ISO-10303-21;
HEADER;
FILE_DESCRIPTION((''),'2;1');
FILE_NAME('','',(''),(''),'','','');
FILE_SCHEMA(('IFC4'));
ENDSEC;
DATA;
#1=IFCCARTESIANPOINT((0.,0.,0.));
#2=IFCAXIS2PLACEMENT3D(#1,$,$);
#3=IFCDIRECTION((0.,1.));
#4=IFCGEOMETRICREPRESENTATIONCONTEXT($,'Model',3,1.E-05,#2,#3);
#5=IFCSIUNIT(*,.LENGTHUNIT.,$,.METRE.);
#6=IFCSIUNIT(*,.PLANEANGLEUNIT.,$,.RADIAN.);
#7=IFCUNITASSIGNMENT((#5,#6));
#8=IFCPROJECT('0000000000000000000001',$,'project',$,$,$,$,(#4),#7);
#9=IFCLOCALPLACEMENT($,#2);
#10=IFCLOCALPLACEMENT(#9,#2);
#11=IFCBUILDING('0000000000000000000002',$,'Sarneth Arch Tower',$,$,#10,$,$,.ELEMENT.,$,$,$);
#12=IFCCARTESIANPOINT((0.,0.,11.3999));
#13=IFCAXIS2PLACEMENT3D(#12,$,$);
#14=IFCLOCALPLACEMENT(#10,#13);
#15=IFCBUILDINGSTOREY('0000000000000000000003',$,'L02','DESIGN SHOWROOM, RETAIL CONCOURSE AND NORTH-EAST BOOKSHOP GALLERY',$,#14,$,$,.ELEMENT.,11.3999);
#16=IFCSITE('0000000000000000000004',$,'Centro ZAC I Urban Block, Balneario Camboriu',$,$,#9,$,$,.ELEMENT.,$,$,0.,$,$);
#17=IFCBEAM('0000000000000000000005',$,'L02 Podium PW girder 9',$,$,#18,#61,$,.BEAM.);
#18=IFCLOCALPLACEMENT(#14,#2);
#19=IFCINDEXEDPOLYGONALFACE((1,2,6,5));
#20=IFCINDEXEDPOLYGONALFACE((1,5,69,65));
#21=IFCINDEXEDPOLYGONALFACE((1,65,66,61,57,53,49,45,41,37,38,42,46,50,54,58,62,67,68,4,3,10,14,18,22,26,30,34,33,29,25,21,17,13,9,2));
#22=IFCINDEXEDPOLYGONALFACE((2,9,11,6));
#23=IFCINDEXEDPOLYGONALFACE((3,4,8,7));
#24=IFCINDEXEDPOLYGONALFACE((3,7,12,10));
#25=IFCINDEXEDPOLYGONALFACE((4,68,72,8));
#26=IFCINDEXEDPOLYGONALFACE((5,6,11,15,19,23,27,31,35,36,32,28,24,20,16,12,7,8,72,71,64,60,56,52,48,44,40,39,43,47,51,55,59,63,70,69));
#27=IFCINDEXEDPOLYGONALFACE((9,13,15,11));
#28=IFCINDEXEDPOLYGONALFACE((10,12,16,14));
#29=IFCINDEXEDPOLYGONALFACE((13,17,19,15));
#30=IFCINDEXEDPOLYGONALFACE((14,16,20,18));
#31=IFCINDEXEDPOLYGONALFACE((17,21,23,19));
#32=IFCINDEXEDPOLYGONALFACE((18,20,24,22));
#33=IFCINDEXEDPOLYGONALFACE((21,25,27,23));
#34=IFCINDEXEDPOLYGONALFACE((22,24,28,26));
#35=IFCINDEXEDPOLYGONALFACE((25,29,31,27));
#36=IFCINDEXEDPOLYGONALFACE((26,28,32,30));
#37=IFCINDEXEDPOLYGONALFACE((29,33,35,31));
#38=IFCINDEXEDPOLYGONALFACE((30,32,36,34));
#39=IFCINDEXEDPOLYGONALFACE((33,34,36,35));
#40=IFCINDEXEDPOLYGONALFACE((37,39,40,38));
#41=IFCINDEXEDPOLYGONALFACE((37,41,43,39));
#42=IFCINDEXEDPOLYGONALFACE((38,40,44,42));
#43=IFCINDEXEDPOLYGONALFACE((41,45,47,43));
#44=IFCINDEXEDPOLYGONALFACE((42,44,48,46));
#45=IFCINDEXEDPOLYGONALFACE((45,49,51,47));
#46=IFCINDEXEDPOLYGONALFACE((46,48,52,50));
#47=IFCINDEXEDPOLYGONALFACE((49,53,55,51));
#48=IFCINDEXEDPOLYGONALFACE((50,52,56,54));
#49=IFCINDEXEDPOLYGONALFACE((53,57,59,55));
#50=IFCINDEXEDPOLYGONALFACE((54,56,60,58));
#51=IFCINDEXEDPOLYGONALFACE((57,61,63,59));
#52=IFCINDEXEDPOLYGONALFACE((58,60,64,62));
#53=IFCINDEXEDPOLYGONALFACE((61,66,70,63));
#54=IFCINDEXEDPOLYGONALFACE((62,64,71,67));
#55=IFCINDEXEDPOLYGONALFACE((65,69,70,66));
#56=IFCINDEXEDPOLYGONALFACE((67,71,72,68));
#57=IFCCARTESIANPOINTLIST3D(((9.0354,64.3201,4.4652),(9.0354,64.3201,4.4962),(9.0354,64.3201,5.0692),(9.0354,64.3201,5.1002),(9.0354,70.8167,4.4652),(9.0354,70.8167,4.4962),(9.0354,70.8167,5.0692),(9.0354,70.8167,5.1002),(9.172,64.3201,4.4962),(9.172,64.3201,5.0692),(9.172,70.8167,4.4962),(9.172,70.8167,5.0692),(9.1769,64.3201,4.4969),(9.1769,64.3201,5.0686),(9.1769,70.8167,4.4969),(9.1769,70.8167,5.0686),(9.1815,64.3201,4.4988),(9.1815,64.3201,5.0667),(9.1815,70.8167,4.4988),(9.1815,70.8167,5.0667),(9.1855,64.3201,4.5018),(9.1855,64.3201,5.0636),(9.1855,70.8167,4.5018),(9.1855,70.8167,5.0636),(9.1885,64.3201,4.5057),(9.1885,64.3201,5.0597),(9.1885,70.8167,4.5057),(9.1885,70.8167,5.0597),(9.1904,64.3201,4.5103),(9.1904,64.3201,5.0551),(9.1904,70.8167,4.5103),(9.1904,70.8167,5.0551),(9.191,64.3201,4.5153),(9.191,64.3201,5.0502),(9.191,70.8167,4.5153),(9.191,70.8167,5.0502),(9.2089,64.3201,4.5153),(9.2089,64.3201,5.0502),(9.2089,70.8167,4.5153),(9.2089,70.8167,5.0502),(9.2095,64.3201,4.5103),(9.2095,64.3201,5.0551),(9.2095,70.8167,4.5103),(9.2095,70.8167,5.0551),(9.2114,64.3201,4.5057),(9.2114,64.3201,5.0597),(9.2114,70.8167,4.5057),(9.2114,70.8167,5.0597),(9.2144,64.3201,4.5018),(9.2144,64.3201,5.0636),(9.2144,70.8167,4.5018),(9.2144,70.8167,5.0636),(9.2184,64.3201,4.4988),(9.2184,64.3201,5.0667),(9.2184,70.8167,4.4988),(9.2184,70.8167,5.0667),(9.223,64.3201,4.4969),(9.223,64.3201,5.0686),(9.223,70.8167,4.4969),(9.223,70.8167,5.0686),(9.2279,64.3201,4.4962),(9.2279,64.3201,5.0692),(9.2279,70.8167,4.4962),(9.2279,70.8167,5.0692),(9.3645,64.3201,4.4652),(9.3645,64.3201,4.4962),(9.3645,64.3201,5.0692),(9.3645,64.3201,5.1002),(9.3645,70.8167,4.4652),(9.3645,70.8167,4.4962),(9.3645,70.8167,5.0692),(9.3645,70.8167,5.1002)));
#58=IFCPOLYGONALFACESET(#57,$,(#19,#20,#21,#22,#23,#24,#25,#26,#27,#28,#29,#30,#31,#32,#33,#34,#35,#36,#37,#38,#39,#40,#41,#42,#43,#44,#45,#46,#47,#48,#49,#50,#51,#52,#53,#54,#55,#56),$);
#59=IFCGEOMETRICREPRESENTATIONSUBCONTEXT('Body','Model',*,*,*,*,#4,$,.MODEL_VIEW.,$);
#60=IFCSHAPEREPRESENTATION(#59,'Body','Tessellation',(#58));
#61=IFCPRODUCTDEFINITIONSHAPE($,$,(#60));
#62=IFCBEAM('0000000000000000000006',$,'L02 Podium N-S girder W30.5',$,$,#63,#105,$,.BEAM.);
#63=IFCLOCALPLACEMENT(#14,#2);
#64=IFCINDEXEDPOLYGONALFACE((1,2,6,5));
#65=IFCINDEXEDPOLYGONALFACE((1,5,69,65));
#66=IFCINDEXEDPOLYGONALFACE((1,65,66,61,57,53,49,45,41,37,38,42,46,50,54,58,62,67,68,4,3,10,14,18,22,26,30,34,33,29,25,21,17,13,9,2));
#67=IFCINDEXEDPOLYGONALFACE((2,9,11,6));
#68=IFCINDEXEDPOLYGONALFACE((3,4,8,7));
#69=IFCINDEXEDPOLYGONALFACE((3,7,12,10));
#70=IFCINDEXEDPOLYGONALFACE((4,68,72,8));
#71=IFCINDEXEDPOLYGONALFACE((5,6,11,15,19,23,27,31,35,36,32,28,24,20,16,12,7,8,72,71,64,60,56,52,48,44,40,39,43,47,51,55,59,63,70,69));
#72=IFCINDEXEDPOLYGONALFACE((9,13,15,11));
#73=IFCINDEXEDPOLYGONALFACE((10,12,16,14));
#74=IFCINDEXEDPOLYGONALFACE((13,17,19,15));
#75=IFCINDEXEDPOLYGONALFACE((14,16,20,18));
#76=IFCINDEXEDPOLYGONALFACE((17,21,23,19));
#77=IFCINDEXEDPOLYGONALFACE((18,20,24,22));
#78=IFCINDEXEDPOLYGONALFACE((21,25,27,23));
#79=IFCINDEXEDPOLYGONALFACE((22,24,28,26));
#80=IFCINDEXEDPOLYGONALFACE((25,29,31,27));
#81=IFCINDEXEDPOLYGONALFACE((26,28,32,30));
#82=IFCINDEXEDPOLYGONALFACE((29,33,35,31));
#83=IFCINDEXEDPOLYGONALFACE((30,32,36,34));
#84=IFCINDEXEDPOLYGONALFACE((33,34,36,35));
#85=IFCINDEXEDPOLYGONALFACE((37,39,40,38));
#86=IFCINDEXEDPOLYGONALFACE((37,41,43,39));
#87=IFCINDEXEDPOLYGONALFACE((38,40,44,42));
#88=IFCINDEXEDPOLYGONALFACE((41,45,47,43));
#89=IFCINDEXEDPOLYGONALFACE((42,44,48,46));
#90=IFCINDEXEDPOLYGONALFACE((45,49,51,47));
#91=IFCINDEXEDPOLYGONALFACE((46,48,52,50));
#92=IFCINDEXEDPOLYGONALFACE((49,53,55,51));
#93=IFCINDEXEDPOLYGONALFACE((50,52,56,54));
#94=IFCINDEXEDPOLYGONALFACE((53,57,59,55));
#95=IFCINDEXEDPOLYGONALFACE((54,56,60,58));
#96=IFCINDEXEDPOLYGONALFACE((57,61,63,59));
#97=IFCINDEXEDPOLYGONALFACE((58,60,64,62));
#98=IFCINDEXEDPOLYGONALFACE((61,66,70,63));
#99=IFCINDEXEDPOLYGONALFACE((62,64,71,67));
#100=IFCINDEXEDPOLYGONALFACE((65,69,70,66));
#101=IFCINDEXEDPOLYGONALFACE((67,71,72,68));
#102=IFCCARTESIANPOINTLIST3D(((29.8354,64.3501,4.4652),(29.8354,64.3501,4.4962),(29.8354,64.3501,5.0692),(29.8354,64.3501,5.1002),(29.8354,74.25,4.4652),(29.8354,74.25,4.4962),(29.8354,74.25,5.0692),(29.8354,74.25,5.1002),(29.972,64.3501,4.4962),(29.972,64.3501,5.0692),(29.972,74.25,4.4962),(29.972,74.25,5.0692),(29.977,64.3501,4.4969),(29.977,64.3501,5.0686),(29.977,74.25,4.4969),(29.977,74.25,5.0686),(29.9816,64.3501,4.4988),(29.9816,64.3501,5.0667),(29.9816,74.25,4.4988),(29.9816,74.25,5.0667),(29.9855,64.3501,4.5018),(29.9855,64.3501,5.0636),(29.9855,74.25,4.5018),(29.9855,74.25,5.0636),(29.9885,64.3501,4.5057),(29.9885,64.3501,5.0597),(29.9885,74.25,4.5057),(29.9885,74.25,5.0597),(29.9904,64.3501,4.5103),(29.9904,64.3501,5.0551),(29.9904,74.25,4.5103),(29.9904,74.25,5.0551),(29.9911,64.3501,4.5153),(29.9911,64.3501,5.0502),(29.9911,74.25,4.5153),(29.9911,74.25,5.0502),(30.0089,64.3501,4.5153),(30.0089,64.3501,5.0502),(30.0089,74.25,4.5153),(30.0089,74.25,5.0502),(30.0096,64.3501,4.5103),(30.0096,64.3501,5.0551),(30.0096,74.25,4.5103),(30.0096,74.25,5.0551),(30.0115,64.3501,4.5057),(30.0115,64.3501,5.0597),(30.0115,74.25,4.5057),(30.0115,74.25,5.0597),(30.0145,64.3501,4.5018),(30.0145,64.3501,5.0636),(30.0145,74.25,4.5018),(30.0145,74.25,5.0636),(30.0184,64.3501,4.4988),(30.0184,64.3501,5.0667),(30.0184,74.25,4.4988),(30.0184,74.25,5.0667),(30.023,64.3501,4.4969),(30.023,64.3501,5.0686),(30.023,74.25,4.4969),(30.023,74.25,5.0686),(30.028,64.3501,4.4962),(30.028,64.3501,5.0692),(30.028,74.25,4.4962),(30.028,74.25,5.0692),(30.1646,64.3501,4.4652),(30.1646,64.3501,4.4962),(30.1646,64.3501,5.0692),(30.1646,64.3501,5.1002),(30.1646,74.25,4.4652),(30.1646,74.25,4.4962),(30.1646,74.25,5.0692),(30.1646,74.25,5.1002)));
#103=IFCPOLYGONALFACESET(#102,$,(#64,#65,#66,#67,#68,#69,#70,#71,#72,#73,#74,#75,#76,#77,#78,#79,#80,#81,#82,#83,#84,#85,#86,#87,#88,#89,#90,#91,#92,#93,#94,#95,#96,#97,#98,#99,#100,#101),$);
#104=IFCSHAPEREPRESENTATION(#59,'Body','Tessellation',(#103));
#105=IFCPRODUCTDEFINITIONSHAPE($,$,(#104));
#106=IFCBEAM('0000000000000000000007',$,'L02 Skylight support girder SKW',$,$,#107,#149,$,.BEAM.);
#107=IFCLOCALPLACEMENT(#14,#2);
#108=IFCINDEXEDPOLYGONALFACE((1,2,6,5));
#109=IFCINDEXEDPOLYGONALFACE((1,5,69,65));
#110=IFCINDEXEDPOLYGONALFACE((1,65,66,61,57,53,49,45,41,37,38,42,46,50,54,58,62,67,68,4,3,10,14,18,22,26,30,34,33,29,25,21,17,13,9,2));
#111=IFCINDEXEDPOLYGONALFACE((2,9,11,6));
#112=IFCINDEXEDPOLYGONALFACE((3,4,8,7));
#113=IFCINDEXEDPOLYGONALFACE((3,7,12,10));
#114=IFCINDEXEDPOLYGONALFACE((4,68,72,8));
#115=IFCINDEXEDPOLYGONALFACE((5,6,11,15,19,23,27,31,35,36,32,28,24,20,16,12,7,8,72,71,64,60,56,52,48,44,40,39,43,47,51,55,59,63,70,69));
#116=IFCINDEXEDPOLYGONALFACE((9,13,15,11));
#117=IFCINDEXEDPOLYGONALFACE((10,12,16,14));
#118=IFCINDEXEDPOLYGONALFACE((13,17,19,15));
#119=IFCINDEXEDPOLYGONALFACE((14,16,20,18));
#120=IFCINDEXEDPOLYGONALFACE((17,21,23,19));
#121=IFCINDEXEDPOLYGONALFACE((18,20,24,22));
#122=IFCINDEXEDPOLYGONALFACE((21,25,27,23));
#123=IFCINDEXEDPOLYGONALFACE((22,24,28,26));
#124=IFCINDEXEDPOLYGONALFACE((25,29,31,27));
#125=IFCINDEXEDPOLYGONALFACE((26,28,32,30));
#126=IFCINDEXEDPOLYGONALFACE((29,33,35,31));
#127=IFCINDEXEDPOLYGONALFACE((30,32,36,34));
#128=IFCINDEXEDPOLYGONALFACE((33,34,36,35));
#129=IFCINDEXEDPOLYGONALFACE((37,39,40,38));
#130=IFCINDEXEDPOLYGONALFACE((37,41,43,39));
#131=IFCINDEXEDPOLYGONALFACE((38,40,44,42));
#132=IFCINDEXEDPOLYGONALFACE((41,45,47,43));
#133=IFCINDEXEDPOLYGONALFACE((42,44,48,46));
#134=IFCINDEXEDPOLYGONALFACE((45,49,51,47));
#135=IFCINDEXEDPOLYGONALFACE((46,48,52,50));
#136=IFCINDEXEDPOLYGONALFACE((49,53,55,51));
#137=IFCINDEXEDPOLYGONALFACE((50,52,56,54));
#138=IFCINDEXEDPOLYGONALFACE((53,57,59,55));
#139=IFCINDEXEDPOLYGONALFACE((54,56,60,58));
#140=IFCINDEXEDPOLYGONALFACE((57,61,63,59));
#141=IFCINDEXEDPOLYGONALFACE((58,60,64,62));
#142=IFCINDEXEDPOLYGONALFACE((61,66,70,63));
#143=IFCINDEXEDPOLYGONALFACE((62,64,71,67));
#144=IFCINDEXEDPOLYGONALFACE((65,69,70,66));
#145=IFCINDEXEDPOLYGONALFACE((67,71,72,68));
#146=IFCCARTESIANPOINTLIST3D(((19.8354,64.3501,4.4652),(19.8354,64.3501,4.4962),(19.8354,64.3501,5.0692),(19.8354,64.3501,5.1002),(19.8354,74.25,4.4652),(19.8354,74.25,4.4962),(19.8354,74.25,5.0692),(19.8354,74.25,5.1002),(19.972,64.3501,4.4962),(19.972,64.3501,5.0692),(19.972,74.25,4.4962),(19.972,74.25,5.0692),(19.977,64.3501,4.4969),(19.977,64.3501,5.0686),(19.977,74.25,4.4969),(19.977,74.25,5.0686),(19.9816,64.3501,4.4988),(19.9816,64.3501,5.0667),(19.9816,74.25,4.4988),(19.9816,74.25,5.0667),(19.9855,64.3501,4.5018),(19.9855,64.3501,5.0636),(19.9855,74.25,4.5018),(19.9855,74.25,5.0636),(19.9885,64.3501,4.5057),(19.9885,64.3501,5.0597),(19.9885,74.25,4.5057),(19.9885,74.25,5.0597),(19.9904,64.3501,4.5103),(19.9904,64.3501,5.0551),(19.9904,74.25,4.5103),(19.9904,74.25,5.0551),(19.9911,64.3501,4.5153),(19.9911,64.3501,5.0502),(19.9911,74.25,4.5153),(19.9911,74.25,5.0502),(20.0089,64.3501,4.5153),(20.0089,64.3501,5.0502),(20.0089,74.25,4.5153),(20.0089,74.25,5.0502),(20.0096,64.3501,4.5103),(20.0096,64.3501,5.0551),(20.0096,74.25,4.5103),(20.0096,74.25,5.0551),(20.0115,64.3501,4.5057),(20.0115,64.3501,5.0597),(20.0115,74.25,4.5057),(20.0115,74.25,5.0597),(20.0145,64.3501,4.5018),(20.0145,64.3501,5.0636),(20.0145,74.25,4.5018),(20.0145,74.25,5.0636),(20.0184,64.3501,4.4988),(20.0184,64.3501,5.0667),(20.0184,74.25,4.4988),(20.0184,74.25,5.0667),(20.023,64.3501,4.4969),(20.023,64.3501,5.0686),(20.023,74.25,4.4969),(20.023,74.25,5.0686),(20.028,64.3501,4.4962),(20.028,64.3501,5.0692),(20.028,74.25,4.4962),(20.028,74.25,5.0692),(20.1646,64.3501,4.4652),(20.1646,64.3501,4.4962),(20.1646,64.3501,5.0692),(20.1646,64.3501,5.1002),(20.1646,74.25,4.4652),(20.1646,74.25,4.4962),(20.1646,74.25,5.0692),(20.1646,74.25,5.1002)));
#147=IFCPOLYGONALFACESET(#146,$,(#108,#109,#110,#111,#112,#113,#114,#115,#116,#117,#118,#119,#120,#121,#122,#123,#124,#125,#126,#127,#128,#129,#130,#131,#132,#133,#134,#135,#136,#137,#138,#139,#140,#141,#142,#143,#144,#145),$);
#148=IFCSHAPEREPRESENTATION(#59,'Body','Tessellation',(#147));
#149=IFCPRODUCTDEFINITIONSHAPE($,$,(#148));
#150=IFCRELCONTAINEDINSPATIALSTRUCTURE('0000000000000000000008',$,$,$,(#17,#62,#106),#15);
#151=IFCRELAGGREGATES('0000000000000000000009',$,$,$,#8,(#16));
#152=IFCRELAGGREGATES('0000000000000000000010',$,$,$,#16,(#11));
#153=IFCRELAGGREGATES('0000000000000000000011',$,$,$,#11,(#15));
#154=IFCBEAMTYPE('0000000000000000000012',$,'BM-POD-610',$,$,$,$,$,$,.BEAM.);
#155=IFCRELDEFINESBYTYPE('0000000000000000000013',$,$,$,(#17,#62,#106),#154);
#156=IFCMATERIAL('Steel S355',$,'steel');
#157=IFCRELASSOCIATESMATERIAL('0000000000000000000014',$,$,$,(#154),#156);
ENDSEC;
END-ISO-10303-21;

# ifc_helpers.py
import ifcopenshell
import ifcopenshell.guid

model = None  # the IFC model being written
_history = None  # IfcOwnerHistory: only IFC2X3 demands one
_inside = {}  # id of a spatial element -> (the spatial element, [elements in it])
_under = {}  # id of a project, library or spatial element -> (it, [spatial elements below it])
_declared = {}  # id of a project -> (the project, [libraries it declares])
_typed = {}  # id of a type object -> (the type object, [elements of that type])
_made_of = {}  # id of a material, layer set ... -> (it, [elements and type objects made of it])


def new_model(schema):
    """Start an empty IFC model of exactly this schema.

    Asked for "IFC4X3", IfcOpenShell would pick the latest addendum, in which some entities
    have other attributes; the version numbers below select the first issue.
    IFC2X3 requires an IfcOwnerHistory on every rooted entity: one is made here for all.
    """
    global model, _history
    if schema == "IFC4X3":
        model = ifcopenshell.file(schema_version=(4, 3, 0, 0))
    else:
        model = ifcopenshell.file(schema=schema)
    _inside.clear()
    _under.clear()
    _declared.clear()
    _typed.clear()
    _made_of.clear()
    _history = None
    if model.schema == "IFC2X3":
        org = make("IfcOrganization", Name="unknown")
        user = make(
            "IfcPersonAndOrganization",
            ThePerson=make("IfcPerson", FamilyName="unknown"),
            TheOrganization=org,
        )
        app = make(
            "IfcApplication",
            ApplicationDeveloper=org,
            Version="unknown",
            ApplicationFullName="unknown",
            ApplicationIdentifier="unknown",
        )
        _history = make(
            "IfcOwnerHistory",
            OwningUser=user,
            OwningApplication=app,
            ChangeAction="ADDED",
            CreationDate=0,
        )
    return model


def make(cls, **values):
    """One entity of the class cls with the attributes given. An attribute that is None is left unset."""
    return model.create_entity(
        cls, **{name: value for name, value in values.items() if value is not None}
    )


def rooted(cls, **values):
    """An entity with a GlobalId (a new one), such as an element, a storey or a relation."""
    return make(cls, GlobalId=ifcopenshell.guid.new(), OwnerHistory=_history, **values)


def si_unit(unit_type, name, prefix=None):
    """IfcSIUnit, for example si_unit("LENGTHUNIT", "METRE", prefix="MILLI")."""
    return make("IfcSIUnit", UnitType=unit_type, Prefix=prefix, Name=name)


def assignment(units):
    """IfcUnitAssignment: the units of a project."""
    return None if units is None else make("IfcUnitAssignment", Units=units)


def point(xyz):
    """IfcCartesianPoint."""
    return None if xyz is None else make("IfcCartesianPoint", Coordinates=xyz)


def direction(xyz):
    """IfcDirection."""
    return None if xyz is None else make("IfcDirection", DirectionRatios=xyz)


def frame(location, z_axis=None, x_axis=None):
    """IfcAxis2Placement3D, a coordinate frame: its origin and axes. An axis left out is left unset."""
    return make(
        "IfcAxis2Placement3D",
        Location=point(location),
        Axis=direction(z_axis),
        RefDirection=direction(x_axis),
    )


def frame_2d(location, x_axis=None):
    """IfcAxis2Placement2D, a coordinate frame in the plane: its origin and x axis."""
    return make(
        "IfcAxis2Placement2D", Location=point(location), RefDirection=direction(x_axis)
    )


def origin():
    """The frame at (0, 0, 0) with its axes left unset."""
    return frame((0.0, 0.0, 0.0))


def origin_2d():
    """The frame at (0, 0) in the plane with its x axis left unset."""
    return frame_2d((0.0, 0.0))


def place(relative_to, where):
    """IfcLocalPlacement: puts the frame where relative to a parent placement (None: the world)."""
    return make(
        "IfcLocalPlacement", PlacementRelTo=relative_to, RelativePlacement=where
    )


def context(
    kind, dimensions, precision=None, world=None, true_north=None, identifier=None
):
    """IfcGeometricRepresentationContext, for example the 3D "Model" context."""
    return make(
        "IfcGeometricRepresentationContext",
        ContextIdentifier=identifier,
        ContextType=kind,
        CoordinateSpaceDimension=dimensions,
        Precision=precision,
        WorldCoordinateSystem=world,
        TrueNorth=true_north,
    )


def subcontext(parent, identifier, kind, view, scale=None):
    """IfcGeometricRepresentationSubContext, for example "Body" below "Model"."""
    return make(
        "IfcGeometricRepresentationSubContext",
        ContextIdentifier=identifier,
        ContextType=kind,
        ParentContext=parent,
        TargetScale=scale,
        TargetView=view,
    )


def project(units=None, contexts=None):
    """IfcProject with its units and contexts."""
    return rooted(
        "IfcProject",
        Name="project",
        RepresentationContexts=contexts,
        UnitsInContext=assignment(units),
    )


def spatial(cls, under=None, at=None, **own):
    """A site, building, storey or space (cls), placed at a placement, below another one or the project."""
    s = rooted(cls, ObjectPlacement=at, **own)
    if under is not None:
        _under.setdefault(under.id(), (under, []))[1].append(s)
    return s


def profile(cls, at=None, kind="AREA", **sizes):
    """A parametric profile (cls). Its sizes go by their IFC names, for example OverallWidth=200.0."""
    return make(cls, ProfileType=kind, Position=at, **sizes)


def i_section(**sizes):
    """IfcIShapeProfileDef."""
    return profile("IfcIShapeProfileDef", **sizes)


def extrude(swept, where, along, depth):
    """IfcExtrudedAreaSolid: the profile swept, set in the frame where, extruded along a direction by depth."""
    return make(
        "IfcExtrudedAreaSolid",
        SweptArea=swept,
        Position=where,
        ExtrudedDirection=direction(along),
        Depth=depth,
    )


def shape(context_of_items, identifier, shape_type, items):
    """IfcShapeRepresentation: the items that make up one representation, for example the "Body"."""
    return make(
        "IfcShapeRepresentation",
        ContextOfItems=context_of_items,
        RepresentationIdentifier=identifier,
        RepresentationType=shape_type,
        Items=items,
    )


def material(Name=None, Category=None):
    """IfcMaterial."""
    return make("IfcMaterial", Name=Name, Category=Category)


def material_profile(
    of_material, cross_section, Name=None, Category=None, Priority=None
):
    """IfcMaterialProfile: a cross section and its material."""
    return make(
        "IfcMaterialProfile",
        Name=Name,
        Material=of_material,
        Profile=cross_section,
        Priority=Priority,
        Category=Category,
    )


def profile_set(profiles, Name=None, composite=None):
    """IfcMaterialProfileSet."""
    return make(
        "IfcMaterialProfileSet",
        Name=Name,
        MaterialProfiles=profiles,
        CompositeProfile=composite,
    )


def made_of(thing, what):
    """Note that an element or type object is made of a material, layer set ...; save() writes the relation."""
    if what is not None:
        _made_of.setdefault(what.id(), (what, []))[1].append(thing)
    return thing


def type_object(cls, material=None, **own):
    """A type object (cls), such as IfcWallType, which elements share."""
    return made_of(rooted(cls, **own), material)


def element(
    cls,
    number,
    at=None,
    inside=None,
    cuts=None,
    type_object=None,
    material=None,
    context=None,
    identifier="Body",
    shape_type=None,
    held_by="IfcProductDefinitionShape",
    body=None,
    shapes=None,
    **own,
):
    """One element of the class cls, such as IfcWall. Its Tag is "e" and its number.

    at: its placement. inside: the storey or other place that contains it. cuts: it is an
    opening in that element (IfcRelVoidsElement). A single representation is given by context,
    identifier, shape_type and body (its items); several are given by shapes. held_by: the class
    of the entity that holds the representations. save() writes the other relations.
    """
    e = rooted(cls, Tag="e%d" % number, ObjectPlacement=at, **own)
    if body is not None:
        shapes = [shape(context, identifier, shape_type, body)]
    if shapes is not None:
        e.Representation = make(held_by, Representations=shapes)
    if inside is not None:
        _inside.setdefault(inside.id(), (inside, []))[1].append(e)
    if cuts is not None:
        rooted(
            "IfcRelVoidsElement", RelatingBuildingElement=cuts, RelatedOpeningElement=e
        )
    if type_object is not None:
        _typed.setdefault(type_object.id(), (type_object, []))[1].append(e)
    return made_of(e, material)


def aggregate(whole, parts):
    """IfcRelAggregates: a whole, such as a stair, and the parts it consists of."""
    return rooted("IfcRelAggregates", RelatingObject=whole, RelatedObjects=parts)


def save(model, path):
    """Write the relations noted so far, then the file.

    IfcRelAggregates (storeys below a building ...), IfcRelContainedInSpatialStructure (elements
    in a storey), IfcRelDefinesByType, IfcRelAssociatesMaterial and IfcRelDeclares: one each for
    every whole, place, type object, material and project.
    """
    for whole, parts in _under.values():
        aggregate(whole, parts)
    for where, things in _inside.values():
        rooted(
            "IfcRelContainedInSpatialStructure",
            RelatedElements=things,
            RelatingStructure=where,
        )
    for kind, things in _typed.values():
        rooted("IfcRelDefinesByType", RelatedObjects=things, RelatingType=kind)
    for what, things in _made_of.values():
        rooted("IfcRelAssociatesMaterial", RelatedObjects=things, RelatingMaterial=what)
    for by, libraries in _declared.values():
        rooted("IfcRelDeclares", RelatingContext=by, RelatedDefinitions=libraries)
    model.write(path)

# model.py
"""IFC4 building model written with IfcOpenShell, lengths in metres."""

from ifc_helpers import new_model, si_unit, direction, frame, origin, origin_2d, place, context, subcontext, project, spatial, i_section, extrude, material, material_profile, profile_set, type_object, element, save


model = new_model("IFC4")

# Units and contexts
model_context = context("Model", 3, precision=1e-05, world=origin(), true_north=direction((0.0, 1.0)))
body_context = subcontext(model_context, "Body", "Model", "MODEL_VIEW")
ifc_project = project(units=[si_unit("LENGTHUNIT", "METRE"), si_unit("PLANEANGLEUNIT", "RADIAN")], contexts=[model_context])

# Site, building, storey
site_placement = place(None, origin())
site = spatial("IfcSite", under=ifc_project, at=site_placement, Name="Centro ZAC I Urban Block, Balneario Camboriu", CompositionType="ELEMENT", RefElevation=0.0)
building_placement = place(site_placement, origin())
building = spatial("IfcBuilding", under=site, at=building_placement, Name="Sarneth Arch Tower", CompositionType="ELEMENT")
storey_placement = place(building_placement, frame((0.0, 0.0, 11.3999)))
storey = spatial("IfcBuildingStorey", under=building, at=storey_placement, Name="L02", Description="DESIGN SHOWROOM, RETAIL CONCOURSE AND NORTH-EAST BOOKSHOP GALLERY", CompositionType="ELEMENT", Elevation=11.3999)

# Beams
ifc_material_1 = material(Name="Steel S355", Category="steel")
ifc_material_profile_1 = material_profile(ifc_material_1, i_section(OverallWidth=0.3291, OverallDepth=0.635, WebThickness=0.0178, FlangeThickness=0.031, FilletRadius=0.019, at=origin_2d()), Name="W610x241")
ifc_profile_set_1 = profile_set([ifc_material_profile_1], Name="Steel S355")
beam_type = type_object("IfcBeamType", Name="BM-POD-610", PredefinedType="BEAM", material=ifc_profile_set_1)
beam_placement = place(storey_placement, frame((9.2, 64.3201, 4.7827), z_axis=(0.0, 1.0, 0.0), x_axis=(-1.0, 0.0, 0.0)))
element("IfcBeam", 1, at=beam_placement, inside=storey, type_object=beam_type, Name="L02 Podium PW girder 9", PredefinedType="BEAM", context=body_context, shape_type="SweptSolid", body=[
    extrude(i_section(OverallWidth=0.3291, OverallDepth=0.635, WebThickness=0.0178, FlangeThickness=0.031, FilletRadius=0.019, at=origin_2d()), origin(), (0.0, 0.0, 1.0), 6.4966),
])
for number, where, z_axis, x_axis, name in (
    (2, (30.0, 64.3501, 4.7827), (0.0, 1.0, 0.0), (-1.0, 0.0, 0.0), "L02 Podium N-S girder W30.5"),
    (3, (20.0, 64.3501, 4.7827), (0.0, 1.0, 0.0), (-1.0, 0.0, 0.0), "L02 Skylight support girder SKW"),
):
    element("IfcBeam", number, at=place(storey_placement, frame(where, z_axis=z_axis, x_axis=x_axis)), inside=storey, type_object=beam_type, Name=name, PredefinedType="BEAM", context=body_context, shape_type="SweptSolid", body=[
        extrude(i_section(OverallWidth=0.3291, OverallDepth=0.635, WebThickness=0.0178, FlangeThickness=0.031, FilletRadius=0.019, at=origin_2d()), origin(), (0.0, 0.0, 1.0), 9.8999),
    ])

save(model, "model.ifc")
